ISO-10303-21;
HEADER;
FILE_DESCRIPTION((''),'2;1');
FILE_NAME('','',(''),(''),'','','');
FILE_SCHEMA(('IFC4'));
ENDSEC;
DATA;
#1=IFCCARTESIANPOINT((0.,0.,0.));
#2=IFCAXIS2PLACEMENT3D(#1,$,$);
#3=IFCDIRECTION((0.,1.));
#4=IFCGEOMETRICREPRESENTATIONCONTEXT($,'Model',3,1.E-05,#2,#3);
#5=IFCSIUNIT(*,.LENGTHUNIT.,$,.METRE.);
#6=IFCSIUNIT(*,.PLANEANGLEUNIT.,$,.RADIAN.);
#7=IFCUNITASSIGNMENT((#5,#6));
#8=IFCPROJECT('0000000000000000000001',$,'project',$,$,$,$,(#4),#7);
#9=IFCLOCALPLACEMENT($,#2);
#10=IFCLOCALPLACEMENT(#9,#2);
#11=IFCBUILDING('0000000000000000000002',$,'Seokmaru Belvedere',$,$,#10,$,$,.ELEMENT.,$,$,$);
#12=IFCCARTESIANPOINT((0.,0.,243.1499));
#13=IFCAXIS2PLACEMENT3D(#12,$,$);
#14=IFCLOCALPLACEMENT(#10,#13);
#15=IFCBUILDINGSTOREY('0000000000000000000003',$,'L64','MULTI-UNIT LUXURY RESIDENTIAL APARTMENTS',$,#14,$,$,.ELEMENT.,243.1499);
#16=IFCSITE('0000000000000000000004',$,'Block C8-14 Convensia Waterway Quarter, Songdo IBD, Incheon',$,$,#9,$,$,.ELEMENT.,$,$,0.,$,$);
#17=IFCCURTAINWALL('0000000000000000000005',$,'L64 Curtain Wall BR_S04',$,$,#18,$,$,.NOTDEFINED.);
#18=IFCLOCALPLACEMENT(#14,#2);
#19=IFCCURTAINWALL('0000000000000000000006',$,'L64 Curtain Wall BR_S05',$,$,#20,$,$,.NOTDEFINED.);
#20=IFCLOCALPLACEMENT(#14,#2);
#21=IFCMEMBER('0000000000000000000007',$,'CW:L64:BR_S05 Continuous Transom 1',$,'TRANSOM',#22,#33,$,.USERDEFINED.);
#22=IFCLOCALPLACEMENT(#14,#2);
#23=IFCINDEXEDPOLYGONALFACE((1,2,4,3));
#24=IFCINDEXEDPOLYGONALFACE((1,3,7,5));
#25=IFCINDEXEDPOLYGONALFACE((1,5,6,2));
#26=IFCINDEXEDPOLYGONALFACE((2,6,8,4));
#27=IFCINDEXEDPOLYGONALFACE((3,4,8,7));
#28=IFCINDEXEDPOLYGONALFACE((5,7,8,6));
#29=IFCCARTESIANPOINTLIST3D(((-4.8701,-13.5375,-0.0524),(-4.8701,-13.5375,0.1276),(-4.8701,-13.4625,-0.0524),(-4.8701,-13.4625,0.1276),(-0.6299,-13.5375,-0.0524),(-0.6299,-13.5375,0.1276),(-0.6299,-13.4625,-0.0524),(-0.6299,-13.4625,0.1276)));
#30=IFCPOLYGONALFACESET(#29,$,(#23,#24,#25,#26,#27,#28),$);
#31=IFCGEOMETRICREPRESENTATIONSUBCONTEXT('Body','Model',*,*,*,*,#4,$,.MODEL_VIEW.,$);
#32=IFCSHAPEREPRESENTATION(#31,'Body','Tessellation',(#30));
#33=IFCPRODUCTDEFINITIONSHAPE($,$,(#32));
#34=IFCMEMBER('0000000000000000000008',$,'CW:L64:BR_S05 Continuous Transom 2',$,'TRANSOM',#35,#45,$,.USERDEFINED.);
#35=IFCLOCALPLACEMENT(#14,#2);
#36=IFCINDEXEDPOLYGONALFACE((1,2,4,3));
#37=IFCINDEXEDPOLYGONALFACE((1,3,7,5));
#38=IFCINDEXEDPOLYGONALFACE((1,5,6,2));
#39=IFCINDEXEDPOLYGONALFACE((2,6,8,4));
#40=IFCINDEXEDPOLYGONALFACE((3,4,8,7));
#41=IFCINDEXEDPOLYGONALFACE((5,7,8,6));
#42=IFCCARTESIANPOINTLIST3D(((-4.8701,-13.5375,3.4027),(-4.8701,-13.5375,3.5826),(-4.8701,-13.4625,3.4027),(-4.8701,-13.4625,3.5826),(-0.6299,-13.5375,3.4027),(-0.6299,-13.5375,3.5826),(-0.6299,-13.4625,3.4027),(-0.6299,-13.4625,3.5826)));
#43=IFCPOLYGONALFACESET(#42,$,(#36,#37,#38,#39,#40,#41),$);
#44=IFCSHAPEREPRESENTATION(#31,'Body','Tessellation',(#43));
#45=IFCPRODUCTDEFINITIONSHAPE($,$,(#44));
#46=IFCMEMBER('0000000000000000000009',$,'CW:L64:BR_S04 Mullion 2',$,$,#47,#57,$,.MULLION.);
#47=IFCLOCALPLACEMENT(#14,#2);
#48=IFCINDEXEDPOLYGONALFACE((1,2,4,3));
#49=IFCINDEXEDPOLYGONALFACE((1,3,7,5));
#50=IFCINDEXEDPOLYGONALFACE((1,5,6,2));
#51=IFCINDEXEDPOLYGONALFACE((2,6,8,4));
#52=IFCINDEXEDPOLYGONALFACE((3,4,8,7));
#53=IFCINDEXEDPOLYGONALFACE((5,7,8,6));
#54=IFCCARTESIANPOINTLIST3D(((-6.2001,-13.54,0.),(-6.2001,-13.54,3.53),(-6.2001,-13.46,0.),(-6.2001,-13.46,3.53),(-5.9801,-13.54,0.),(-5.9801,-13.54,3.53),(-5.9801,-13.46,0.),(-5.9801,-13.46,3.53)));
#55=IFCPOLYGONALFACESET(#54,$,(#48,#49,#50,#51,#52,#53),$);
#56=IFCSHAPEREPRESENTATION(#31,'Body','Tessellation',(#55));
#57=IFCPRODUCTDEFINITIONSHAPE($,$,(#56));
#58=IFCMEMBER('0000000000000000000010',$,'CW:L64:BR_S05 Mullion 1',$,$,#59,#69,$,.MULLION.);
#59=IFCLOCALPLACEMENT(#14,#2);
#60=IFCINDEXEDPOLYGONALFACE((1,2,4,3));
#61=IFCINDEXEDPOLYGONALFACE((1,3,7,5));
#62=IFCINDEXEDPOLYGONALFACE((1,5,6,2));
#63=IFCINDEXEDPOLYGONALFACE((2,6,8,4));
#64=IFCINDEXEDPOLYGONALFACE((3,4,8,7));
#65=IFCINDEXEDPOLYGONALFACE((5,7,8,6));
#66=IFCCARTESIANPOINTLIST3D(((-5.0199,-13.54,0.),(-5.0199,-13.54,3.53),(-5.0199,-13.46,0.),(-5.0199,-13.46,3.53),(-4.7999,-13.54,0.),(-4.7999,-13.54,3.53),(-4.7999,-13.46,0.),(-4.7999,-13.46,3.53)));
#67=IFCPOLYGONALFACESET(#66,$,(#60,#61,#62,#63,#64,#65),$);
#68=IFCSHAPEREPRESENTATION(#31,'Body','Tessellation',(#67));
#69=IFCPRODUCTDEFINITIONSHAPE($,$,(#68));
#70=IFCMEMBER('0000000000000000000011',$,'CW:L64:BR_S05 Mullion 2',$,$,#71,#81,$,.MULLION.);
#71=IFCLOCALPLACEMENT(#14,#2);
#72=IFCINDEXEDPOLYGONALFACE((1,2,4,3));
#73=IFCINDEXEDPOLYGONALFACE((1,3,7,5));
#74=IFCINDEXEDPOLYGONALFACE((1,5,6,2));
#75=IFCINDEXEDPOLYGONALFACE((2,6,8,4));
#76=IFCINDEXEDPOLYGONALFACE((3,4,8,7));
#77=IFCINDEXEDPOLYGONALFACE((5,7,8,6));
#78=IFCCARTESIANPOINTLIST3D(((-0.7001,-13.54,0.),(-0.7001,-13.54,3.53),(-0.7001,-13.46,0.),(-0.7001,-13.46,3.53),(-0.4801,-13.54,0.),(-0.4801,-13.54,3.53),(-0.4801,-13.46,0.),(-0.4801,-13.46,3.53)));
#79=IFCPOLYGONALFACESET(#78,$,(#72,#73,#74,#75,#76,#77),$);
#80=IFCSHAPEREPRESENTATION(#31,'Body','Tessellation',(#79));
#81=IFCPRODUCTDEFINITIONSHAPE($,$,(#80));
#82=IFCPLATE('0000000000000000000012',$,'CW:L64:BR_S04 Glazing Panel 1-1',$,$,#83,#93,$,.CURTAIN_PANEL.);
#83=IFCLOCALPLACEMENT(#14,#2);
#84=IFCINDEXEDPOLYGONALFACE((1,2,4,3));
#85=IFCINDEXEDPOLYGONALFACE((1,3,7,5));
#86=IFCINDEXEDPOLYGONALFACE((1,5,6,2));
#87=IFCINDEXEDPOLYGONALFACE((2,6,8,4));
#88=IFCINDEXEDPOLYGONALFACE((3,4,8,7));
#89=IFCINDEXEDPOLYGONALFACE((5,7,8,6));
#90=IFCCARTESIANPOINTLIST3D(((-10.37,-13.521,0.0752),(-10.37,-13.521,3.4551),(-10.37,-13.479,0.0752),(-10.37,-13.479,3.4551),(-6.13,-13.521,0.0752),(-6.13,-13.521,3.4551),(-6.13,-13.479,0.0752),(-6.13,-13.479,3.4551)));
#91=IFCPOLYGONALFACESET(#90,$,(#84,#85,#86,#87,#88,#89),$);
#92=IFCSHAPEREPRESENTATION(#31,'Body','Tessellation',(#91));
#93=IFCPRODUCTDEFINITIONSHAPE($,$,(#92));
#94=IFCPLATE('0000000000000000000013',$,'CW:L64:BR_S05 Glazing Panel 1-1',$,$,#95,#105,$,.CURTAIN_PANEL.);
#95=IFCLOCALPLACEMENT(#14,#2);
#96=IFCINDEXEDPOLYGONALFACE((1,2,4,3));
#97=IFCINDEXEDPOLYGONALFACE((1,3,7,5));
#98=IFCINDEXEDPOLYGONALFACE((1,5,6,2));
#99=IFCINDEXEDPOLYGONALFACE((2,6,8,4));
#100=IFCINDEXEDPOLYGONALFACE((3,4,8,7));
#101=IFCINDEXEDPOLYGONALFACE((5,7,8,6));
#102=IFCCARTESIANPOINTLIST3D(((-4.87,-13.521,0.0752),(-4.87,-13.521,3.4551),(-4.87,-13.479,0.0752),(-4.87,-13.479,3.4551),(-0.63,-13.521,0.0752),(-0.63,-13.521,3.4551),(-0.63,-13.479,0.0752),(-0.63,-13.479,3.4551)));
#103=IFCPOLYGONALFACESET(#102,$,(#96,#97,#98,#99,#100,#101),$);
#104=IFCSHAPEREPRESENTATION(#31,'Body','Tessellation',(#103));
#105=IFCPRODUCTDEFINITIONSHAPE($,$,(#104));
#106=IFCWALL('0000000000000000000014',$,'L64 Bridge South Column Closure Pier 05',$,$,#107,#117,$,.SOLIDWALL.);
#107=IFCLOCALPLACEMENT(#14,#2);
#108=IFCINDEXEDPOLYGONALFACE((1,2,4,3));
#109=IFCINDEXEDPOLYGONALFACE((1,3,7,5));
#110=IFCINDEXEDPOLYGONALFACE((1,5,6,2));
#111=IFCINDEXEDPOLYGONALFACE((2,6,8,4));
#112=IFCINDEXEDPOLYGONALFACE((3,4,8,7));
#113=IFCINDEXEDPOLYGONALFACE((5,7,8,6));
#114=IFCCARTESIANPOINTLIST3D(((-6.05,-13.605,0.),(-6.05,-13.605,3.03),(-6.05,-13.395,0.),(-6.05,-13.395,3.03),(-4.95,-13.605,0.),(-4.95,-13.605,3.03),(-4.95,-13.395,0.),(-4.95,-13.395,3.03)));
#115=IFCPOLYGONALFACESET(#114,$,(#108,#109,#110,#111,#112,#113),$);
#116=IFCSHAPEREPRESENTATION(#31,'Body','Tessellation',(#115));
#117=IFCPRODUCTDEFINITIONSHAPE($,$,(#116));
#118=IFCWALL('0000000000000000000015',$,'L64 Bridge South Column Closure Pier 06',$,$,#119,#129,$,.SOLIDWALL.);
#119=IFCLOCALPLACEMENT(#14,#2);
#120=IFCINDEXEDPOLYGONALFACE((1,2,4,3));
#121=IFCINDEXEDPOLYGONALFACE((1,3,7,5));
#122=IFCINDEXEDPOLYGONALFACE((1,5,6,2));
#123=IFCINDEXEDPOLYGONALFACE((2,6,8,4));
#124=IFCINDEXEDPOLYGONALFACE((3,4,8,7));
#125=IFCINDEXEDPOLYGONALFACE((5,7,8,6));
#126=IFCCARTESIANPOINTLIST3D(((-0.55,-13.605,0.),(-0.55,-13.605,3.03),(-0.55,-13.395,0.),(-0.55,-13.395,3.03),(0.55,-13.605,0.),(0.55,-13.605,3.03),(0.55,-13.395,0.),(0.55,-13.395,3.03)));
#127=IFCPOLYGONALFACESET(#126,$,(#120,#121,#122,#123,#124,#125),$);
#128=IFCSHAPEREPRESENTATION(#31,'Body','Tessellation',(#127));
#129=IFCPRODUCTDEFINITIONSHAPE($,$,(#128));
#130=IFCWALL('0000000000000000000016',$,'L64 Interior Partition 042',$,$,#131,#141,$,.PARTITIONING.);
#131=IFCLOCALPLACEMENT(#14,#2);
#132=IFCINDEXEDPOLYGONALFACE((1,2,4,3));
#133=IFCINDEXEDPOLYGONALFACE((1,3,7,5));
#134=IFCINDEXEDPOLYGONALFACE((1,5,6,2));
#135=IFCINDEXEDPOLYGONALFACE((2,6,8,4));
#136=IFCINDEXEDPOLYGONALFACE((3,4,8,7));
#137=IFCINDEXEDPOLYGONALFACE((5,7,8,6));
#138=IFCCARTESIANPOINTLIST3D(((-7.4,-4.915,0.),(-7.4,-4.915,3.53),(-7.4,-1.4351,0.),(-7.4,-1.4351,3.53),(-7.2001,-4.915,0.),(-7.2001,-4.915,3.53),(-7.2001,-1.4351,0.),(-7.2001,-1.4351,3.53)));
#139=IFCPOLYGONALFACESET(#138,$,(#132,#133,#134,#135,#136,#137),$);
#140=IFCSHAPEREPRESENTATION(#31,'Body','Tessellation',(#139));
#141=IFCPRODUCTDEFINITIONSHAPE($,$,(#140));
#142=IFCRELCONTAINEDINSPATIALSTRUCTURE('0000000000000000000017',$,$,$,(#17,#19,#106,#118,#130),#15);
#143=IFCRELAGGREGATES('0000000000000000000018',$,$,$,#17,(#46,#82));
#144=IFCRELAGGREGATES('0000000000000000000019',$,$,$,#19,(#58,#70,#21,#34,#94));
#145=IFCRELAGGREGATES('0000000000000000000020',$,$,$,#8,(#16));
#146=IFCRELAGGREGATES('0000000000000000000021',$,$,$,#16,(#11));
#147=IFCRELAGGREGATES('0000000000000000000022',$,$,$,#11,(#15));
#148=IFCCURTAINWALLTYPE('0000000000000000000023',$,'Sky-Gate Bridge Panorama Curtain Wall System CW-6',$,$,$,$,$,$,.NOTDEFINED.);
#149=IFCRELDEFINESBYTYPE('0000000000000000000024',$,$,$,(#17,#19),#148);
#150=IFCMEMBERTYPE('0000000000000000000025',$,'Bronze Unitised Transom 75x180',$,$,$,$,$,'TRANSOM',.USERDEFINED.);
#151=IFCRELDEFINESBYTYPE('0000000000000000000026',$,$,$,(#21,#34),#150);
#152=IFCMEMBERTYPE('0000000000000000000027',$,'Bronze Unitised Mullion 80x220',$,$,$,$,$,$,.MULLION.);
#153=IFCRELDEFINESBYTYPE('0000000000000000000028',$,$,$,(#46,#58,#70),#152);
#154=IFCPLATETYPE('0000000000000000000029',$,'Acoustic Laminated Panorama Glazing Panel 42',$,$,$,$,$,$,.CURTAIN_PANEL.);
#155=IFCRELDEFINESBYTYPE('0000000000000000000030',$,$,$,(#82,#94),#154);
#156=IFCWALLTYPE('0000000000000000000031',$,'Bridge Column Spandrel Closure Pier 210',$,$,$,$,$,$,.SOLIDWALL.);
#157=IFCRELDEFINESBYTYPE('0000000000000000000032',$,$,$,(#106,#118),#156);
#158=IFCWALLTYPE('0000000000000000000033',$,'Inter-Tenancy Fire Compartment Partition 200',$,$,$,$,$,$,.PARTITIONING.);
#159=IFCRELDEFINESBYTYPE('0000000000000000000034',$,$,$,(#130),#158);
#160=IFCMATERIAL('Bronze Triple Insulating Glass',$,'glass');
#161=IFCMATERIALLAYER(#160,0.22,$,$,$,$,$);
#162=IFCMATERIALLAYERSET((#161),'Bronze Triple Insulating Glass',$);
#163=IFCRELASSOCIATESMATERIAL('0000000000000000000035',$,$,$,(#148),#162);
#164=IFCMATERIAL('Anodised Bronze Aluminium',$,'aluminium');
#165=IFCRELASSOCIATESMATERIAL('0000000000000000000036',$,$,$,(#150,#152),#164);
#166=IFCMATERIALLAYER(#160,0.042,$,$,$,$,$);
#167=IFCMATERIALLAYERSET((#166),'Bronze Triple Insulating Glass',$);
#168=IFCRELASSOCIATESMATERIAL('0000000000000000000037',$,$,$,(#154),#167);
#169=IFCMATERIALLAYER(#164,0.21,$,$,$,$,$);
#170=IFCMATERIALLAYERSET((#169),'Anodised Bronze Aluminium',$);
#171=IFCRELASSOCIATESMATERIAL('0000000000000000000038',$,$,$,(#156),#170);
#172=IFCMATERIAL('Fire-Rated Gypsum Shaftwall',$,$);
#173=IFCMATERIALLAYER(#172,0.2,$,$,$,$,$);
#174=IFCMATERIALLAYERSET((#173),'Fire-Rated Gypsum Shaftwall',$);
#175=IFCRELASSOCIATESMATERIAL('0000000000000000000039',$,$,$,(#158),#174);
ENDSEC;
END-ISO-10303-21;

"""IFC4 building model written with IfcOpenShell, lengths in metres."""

from ifc_helpers import new_model, si_unit, direction, frame, frame_2d, origin, origin_2d, place, context, subcontext, project, spatial, rectangle, extrude, source, transform, mapped, material, layer, layer_set, material_profile, profile_set, type_object, type_shapes, element, aggregate, save


model = new_model("IFC4")

# Units and contexts
model_context = context("Model", 3, precision=1e-05, world=origin(), true_north=direction((0.0, 1.0)))
body_context = subcontext(model_context, "Body", "Model", "MODEL_VIEW")
ifc_project = project(units=[si_unit("LENGTHUNIT", "METRE"), si_unit("PLANEANGLEUNIT", "RADIAN")], contexts=[model_context])

# Site, building, storey
site_placement = place(None, origin())
site = spatial("IfcSite", under=ifc_project, at=site_placement, Name="Block C8-14 Convensia Waterway Quarter, Songdo IBD, Incheon", CompositionType="ELEMENT", RefElevation=0.0)
building_placement = place(site_placement, origin())
building = spatial("IfcBuilding", under=site, at=building_placement, Name="Seokmaru Belvedere", CompositionType="ELEMENT")
storey_placement = place(building_placement, frame((0.0, 0.0, 243.1499)))
storey = spatial("IfcBuildingStorey", under=building, at=storey_placement, Name="L64", Description="MULTI-UNIT LUXURY RESIDENTIAL APARTMENTS", CompositionType="ELEMENT", Elevation=243.1499)

# Curtain wall
ifc_material_1 = material(Name="Bronze Triple Insulating Glass", Category="glass")
ifc_layer_1 = layer(ifc_material_1, 0.22)
ifc_layer_set_1 = layer_set([ifc_layer_1], Name="Bronze Triple Insulating Glass")
curtain_wall_type = type_object("IfcCurtainWallType", Name="Sky-Gate Bridge Panorama Curtain Wall System CW-6", PredefinedType="NOTDEFINED", material=ifc_layer_set_1)
curtain_wall_1_placement = place(storey_placement, origin())
curtain_wall_1 = element("IfcCurtainWall", 1, at=curtain_wall_1_placement, inside=storey, type_object=curtain_wall_type, Name="L64 Curtain Wall BR_S04", PredefinedType="NOTDEFINED")
ifc_material_2 = material(Name="Anodised Bronze Aluminium", Category="aluminium")
ifc_material_profile_1 = material_profile(ifc_material_2, rectangle(XDim=0.075, YDim=0.1799, at=origin_2d()), Name="CW-T-75x180")
ifc_profile_set_1 = profile_set([ifc_material_profile_1], Name="Anodised Bronze Aluminium")
member_type_1 = type_object("IfcMemberType", Name="Bronze Unitised Transom 75x180", ElementType="TRANSOM", PredefinedType="USERDEFINED", material=ifc_profile_set_1)
shared_shape_1 = source(origin(), body_context, "Body", "SweptSolid", [
    extrude(rectangle(XDim=0.075, YDim=0.1799, at=origin_2d()), origin(), (0.0, 0.0, 1.0), 4.2402),
])
type_shapes(member_type_1, [shared_shape_1])

# Curtain wall, members
curtain_wall_2_placement = place(storey_placement, origin())
curtain_wall_2 = element("IfcCurtainWall", 2, at=curtain_wall_2_placement, inside=storey, type_object=curtain_wall_type, Name="L64 Curtain Wall BR_S05", PredefinedType="NOTDEFINED")
member_1_placement = place(storey_placement, frame((-4.8701, -13.5, 0.0376), z_axis=(1.0, 0.0, 0.0), x_axis=(0.0, 1.0, 0.0)))
member_1 = element("IfcMember", 3, at=member_1_placement, type_object=member_type_1, Name="CW:L64:BR_S05 Continuous Transom 1", ObjectType="TRANSOM", PredefinedType="USERDEFINED", context=body_context, shape_type="MappedRepresentation", body=[
    mapped(shared_shape_1, transform((0.0, 0.0, 0.0), scale=1.0)),
])
member_2_placement = place(storey_placement, frame((-4.8701, -13.5, 3.4927), z_axis=(1.0, 0.0, 0.0), x_axis=(0.0, 1.0, 0.0)))
member_2 = element("IfcMember", 4, at=member_2_placement, type_object=member_type_1, Name="CW:L64:BR_S05 Continuous Transom 2", ObjectType="TRANSOM", PredefinedType="USERDEFINED", context=body_context, shape_type="MappedRepresentation", body=[
    mapped(shared_shape_1, transform((0.0, 0.0, 0.0), scale=1.0)),
])

# Members
ifc_material_profile_2 = material_profile(ifc_material_2, rectangle(XDim=0.0801, YDim=0.22, at=origin_2d()), Name="CW-M-80x220")
ifc_profile_set_2 = profile_set([ifc_material_profile_2], Name="Anodised Bronze Aluminium")
member_type_2 = type_object("IfcMemberType", Name="Bronze Unitised Mullion 80x220", PredefinedType="MULLION", material=ifc_profile_set_2)
shared_shape_2 = source(origin(), body_context, "Body", "SweptSolid", [
    extrude(rectangle(XDim=0.0801, YDim=0.22, at=origin_2d()), origin(), (0.0, 0.0, 1.0), 3.53),
])
type_shapes(member_type_2, [shared_shape_2])
member_3_placement = place(storey_placement, frame((-6.0901, -13.5, 0.0), z_axis=(0.0, 0.0, 1.0), x_axis=(0.0, 1.0, 0.0)))
member_3 = element("IfcMember", 5, at=member_3_placement, type_object=member_type_2, Name="CW:L64:BR_S04 Mullion 2", PredefinedType="MULLION", context=body_context, shape_type="MappedRepresentation", body=[
    mapped(shared_shape_2, transform((0.0, 0.0, 0.0), scale=1.0)),
])
member_4_placement = place(storey_placement, frame((-4.9099, -13.5, 0.0), z_axis=(0.0, 0.0, 1.0), x_axis=(0.0, 1.0, 0.0)))
member_4 = element("IfcMember", 6, at=member_4_placement, type_object=member_type_2, Name="CW:L64:BR_S05 Mullion 1", PredefinedType="MULLION", context=body_context, shape_type="MappedRepresentation", body=[
    mapped(shared_shape_2, transform((0.0, 0.0, 0.0), scale=1.0)),
])
member_5_placement = place(storey_placement, frame((-0.5901, -13.5, 0.0), z_axis=(0.0, 0.0, 1.0), x_axis=(0.0, 1.0, 0.0)))
member_5 = element("IfcMember", 7, at=member_5_placement, type_object=member_type_2, Name="CW:L64:BR_S05 Mullion 2", PredefinedType="MULLION", context=body_context, shape_type="MappedRepresentation", body=[
    mapped(shared_shape_2, transform((0.0, 0.0, 0.0), scale=1.0)),
])

# Plates
ifc_layer_2 = layer(ifc_material_1, 0.042)
ifc_layer_set_2 = layer_set([ifc_layer_2], Name="Bronze Triple Insulating Glass")
plate_type = type_object("IfcPlateType", Name="Acoustic Laminated Panorama Glazing Panel 42", PredefinedType="CURTAIN_PANEL", material=ifc_layer_set_2)
shared_shape_3 = source(origin(), body_context, "Body", "SweptSolid", [
    extrude(rectangle(XDim=4.24, YDim=0.042, at=origin_2d()), origin(), (0.0, 0.0, 1.0), 3.3799),
])
type_shapes(plate_type, [shared_shape_3])
plate_1_placement = place(storey_placement, frame((-8.25, -13.5, 0.0752), z_axis=(0.0, 0.0, 1.0), x_axis=(1.0, 0.0, 0.0)))
plate_1 = element("IfcPlate", 8, at=plate_1_placement, type_object=plate_type, Name="CW:L64:BR_S04 Glazing Panel 1-1", PredefinedType="CURTAIN_PANEL", context=body_context, shape_type="MappedRepresentation", body=[
    mapped(shared_shape_3, transform((0.0, 0.0, 0.0), scale=1.0)),
])
aggregate(curtain_wall_1, [member_3, plate_1])
plate_2_placement = place(storey_placement, frame((-2.75, -13.5, 0.0752), z_axis=(0.0, 0.0, 1.0), x_axis=(1.0, 0.0, 0.0)))
plate_2 = element("IfcPlate", 9, at=plate_2_placement, type_object=plate_type, Name="CW:L64:BR_S05 Glazing Panel 1-1", PredefinedType="CURTAIN_PANEL", context=body_context, shape_type="MappedRepresentation", body=[
    mapped(shared_shape_3, transform((0.0, 0.0, 0.0), scale=1.0)),
])
aggregate(curtain_wall_2, [member_4, member_5, member_1, member_2, plate_2])

# Shared definitions
ifc_material_3 = material(Name="Fire-Rated Gypsum Shaftwall")

# Walls
ifc_layer_3 = layer(ifc_material_2, 0.21)
ifc_layer_set_3 = layer_set([ifc_layer_3], Name="Anodised Bronze Aluminium")
wall_type_1 = type_object("IfcWallType", Name="Bridge Column Spandrel Closure Pier 210", PredefinedType="SOLIDWALL", material=ifc_layer_set_3)
for number, where, z_axis, x_axis, name in (
    (10, (-6.05, -13.5, 0.0), (0.0, 0.0, 1.0), (1.0, 0.0, 0.0), "L64 Bridge South Column Closure Pier 05"),
    (11, (-0.55, -13.5, 0.0), (0.0, 0.0, 1.0), (1.0, 0.0, 0.0), "L64 Bridge South Column Closure Pier 06"),
):
    element("IfcWall", number, at=place(storey_placement, frame(where, z_axis=z_axis, x_axis=x_axis)), inside=storey, type_object=wall_type_1, Name=name, PredefinedType="SOLIDWALL", context=body_context, shape_type="SweptSolid", body=[
        extrude(rectangle(XDim=1.1001, YDim=0.21, at=frame_2d((0.55, 0.0))), origin(), (0.0, 0.0, 1.0), 3.03),
    ])
ifc_layer_4 = layer(ifc_material_3, 0.2)
ifc_layer_set_4 = layer_set([ifc_layer_4], Name="Fire-Rated Gypsum Shaftwall")
wall_type_2 = type_object("IfcWallType", Name="Inter-Tenancy Fire Compartment Partition 200", PredefinedType="PARTITIONING", material=ifc_layer_set_4)
wall_1_placement = place(storey_placement, frame((-7.3, -4.915, 0.0), z_axis=(0.0, 0.0, 1.0), x_axis=(0.0, 1.0, 0.0)))
element("IfcWall", 12, at=wall_1_placement, inside=storey, type_object=wall_type_2, Name="L64 Interior Partition 042", PredefinedType="PARTITIONING", context=body_context, shape_type="SweptSolid", body=[
    extrude(rectangle(XDim=3.48, YDim=0.2, at=frame_2d((1.74, 0.0))), origin(), (0.0, 0.0, 1.0), 3.53),
])

save(model, "model.ifc")
